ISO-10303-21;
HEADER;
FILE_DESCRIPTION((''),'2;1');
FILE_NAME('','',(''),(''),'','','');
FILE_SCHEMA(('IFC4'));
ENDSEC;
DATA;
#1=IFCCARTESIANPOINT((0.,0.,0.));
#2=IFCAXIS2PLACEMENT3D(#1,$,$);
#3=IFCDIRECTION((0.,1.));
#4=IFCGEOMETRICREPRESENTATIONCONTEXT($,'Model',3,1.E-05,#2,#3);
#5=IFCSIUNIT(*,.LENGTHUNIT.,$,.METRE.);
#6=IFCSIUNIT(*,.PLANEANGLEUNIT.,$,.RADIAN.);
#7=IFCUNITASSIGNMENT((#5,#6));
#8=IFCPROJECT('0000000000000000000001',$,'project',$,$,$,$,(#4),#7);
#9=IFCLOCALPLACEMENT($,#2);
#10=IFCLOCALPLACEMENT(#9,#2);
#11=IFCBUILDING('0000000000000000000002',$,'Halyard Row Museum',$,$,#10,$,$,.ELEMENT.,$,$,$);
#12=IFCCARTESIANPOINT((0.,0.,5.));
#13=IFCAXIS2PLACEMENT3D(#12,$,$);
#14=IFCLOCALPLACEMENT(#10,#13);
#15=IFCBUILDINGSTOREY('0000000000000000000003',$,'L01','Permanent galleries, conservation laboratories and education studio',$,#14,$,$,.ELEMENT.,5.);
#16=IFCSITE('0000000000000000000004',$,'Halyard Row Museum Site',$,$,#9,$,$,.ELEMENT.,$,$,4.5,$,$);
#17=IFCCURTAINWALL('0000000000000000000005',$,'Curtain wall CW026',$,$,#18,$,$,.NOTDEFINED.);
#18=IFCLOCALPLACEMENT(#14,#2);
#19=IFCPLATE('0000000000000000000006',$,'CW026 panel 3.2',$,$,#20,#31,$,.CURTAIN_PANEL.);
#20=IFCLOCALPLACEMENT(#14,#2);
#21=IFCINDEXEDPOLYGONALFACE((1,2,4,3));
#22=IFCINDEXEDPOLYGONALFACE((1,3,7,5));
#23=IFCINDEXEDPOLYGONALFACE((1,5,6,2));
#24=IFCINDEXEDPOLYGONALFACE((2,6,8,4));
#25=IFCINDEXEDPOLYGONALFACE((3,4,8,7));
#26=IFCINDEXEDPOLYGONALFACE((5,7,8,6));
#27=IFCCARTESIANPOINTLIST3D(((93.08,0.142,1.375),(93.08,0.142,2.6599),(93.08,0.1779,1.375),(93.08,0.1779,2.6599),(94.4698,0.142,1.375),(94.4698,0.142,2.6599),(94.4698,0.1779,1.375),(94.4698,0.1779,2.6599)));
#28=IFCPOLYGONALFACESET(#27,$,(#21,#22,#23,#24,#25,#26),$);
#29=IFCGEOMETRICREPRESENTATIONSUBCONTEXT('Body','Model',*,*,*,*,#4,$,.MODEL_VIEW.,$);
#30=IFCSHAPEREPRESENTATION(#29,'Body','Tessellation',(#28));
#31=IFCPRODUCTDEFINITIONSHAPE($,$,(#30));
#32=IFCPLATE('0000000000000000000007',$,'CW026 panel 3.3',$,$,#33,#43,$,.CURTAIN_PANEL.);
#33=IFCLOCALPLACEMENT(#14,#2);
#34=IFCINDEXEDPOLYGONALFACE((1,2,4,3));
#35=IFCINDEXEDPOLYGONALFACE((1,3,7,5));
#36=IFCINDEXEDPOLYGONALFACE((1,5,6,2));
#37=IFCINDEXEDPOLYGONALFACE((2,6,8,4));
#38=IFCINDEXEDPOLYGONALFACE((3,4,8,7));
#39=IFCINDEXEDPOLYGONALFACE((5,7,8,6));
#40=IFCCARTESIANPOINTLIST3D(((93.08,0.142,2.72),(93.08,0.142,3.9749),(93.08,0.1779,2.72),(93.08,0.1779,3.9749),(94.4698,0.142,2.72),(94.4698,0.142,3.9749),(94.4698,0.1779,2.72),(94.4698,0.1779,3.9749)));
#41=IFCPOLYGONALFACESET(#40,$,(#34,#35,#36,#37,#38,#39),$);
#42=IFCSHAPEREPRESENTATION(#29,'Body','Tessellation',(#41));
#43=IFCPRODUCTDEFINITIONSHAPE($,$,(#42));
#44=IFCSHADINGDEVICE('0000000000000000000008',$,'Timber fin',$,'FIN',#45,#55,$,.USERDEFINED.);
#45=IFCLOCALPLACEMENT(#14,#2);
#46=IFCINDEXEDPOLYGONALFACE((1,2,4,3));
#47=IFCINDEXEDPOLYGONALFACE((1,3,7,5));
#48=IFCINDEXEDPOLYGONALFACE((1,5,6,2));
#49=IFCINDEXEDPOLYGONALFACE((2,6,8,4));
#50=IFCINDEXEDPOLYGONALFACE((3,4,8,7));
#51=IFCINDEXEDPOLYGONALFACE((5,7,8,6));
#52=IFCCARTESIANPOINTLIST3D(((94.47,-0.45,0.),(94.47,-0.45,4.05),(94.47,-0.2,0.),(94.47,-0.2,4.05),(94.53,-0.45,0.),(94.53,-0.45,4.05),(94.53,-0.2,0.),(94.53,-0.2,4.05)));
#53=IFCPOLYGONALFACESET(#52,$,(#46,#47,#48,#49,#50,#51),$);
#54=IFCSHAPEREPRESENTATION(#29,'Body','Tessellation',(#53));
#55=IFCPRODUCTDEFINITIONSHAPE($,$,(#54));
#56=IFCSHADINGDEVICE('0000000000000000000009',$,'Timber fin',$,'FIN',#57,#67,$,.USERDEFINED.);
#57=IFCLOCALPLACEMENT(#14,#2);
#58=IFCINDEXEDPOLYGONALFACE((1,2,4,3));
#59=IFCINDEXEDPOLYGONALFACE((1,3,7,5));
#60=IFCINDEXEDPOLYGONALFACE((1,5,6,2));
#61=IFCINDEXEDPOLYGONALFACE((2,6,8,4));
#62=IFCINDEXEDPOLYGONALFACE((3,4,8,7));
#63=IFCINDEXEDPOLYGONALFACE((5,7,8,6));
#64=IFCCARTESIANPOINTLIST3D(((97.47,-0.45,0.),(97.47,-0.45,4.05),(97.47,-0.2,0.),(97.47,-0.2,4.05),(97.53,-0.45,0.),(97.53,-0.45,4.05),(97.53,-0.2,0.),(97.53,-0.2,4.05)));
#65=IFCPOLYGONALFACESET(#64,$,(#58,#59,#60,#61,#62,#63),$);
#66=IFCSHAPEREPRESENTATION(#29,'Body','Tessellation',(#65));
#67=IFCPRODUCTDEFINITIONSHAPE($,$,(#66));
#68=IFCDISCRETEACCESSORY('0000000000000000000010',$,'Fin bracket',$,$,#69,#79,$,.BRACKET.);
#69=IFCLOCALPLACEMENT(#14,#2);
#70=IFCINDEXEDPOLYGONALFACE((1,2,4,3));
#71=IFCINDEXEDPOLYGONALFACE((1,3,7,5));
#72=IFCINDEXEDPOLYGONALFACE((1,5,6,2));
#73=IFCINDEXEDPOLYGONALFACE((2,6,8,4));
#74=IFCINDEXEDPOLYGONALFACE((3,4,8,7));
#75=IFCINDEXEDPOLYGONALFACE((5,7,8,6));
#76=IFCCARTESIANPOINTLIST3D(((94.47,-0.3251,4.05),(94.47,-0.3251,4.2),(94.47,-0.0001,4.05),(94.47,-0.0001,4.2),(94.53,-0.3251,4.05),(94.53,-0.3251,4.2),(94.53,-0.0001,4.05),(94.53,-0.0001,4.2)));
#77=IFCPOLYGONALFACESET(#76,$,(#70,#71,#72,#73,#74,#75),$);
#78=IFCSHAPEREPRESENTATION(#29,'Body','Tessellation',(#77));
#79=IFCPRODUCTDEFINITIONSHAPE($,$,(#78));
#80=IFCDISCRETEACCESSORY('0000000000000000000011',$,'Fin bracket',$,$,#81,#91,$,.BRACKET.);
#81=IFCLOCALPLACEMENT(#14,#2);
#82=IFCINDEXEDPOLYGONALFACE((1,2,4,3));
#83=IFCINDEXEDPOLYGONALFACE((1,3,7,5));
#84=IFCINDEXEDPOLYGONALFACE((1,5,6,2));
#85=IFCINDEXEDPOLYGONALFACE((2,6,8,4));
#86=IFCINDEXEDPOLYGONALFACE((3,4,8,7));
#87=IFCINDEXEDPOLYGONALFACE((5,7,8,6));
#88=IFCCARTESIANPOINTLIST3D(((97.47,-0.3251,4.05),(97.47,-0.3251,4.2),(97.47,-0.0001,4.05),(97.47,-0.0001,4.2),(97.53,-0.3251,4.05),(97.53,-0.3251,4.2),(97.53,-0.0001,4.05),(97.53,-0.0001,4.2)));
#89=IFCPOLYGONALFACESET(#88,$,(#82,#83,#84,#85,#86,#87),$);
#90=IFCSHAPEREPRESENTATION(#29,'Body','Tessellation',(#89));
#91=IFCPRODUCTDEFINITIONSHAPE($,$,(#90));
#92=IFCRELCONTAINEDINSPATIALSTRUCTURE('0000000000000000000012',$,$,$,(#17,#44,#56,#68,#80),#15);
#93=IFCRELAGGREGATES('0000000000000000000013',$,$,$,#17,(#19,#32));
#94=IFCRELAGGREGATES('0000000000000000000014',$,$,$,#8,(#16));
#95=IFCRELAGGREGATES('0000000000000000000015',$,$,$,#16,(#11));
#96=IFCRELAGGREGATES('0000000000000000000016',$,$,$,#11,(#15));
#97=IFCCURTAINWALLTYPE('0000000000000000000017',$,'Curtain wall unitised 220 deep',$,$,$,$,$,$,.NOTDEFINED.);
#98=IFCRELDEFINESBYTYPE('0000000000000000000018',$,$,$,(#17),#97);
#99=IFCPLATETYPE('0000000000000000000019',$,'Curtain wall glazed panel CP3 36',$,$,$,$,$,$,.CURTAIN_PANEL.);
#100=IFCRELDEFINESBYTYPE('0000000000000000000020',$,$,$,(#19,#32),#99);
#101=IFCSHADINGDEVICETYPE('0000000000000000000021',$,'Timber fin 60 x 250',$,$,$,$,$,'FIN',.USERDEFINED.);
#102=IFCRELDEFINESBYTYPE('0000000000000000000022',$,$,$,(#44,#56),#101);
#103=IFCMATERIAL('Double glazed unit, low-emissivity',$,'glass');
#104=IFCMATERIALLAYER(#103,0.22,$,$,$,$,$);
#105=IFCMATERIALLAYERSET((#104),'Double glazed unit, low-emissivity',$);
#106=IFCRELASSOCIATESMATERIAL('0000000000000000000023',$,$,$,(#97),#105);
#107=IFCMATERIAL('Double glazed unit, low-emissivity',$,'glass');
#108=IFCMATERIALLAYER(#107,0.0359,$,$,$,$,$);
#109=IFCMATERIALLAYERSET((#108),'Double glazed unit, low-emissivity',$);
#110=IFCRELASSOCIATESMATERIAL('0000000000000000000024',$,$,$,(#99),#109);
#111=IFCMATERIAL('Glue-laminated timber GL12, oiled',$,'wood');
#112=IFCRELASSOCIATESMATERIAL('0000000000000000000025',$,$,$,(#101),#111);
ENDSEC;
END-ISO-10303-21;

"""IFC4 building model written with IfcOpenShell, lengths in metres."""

from ifc_helpers import new_model, si_unit, direction, frame, origin, origin_2d, place, context, subcontext, project, spatial, rectangle, extrude, material, layer, layer_set, type_object, element, aggregate, save


model = new_model("IFC4")

# Units and contexts
model_context = context("Model", 3, precision=1e-05, world=origin(), true_north=direction((0.0, 1.0)))
body_context = subcontext(model_context, "Body", "Model", "MODEL_VIEW")
ifc_project = project(units=[si_unit("LENGTHUNIT", "METRE"), si_unit("PLANEANGLEUNIT", "RADIAN")], contexts=[model_context])

# Site, building, storey
site_placement = place(None, origin())
site = spatial("IfcSite", under=ifc_project, at=site_placement, Name="Halyard Row Museum Site", CompositionType="ELEMENT", RefElevation=4.5)
building_placement = place(site_placement, origin())
building = spatial("IfcBuilding", under=site, at=building_placement, Name="Halyard Row Museum", CompositionType="ELEMENT")
storey_placement = place(building_placement, frame((0.0, 0.0, 5.0)))
storey = spatial("IfcBuildingStorey", under=building, at=storey_placement, Name="L01", Description="Permanent galleries, conservation laboratories and education studio", CompositionType="ELEMENT", Elevation=5.0)

# Curtain wall
ifc_material_1 = material(Name="Double glazed unit, low-emissivity", Category="glass")
ifc_layer_1 = layer(ifc_material_1, 0.22)
ifc_layer_set_1 = layer_set([ifc_layer_1], Name="Double glazed unit, low-emissivity")
curtain_wall_type = type_object("IfcCurtainWallType", Name="Curtain wall unitised 220 deep", PredefinedType="NOTDEFINED", material=ifc_layer_set_1)
curtain_wall_placement = place(storey_placement, origin())
curtain_wall = element("IfcCurtainWall", 1, at=curtain_wall_placement, inside=storey, type_object=curtain_wall_type, Name="Curtain wall CW026", PredefinedType="NOTDEFINED")

# Plates
ifc_material_2 = material(Name="Double glazed unit, low-emissivity", Category="glass")
ifc_layer_2 = layer(ifc_material_2, 0.0359)
ifc_layer_set_2 = layer_set([ifc_layer_2], Name="Double glazed unit, low-emissivity")
plate_type = type_object("IfcPlateType", Name="Curtain wall glazed panel CP3 36", PredefinedType="CURTAIN_PANEL", material=ifc_layer_set_2)
plate_1_placement = place(storey_placement, frame((93.7749, 0.1599, 1.375), z_axis=(0.0, 0.0, 1.0), x_axis=(1.0, 0.0, 0.0)))
plate_1 = element("IfcPlate", 2, at=plate_1_placement, type_object=plate_type, Name="CW026 panel 3.2", PredefinedType="CURTAIN_PANEL", context=body_context, shape_type="SweptSolid", body=[
    extrude(rectangle(XDim=1.3899, YDim=0.0359, at=origin_2d()), origin(), (0.0, 0.0, 1.0), 1.2849),
])
plate_2_placement = place(storey_placement, frame((93.7749, 0.1599, 2.72), z_axis=(0.0, 0.0, 1.0), x_axis=(1.0, 0.0, 0.0)))
plate_2 = element("IfcPlate", 3, at=plate_2_placement, type_object=plate_type, Name="CW026 panel 3.3", PredefinedType="CURTAIN_PANEL", context=body_context, shape_type="SweptSolid", body=[
    extrude(rectangle(XDim=1.3899, YDim=0.0359, at=origin_2d()), origin(), (0.0, 0.0, 1.0), 1.2549),
])
aggregate(curtain_wall, [plate_1, plate_2])

# Shading devices
ifc_material_3 = material(Name="Glue-laminated timber GL12, oiled", Category="wood")
shading_device_type = type_object("IfcShadingDeviceType", Name="Timber fin 60 x 250", ElementType="FIN", PredefinedType="USERDEFINED", material=ifc_material_3)
for number, where, z_axis, x_axis, name in (
    (4, (94.5, -0.325, 0.0), (0.0, 0.0, 1.0), (1.0, 0.0, 0.0), "Timber fin"),
    (5, (97.5, -0.325, 0.0), (0.0, 0.0, 1.0), (1.0, 0.0, 0.0), "Timber fin"),
):
    element("IfcShadingDevice", number, at=place(storey_placement, frame(where, z_axis=z_axis, x_axis=x_axis)), inside=storey, type_object=shading_device_type, Name=name, ObjectType="FIN", PredefinedType="USERDEFINED", context=body_context, shape_type="SweptSolid", body=[
        extrude(rectangle(XDim=0.0601, YDim=0.25, at=origin_2d()), origin(), (0.0, 0.0, 1.0), 4.05),
    ])

# Discrete accessories
for number, where, z_axis, x_axis, name in (
    (6, (94.5, -0.1626, 4.05), (0.0, 0.0, 1.0), (1.0, 0.0, 0.0), "Fin bracket"),
    (7, (97.5, -0.1626, 4.05), (0.0, 0.0, 1.0), (1.0, 0.0, 0.0), "Fin bracket"),
):
    element("IfcDiscreteAccessory", number, at=place(storey_placement, frame(where, z_axis=z_axis, x_axis=x_axis)), inside=storey, Name=name, PredefinedType="BRACKET", context=body_context, shape_type="SweptSolid", body=[
        extrude(rectangle(XDim=0.0601, YDim=0.325, at=origin_2d()), origin(), (0.0, 0.0, 1.0), 0.1499),
    ])

save(model, "model.ifc")
